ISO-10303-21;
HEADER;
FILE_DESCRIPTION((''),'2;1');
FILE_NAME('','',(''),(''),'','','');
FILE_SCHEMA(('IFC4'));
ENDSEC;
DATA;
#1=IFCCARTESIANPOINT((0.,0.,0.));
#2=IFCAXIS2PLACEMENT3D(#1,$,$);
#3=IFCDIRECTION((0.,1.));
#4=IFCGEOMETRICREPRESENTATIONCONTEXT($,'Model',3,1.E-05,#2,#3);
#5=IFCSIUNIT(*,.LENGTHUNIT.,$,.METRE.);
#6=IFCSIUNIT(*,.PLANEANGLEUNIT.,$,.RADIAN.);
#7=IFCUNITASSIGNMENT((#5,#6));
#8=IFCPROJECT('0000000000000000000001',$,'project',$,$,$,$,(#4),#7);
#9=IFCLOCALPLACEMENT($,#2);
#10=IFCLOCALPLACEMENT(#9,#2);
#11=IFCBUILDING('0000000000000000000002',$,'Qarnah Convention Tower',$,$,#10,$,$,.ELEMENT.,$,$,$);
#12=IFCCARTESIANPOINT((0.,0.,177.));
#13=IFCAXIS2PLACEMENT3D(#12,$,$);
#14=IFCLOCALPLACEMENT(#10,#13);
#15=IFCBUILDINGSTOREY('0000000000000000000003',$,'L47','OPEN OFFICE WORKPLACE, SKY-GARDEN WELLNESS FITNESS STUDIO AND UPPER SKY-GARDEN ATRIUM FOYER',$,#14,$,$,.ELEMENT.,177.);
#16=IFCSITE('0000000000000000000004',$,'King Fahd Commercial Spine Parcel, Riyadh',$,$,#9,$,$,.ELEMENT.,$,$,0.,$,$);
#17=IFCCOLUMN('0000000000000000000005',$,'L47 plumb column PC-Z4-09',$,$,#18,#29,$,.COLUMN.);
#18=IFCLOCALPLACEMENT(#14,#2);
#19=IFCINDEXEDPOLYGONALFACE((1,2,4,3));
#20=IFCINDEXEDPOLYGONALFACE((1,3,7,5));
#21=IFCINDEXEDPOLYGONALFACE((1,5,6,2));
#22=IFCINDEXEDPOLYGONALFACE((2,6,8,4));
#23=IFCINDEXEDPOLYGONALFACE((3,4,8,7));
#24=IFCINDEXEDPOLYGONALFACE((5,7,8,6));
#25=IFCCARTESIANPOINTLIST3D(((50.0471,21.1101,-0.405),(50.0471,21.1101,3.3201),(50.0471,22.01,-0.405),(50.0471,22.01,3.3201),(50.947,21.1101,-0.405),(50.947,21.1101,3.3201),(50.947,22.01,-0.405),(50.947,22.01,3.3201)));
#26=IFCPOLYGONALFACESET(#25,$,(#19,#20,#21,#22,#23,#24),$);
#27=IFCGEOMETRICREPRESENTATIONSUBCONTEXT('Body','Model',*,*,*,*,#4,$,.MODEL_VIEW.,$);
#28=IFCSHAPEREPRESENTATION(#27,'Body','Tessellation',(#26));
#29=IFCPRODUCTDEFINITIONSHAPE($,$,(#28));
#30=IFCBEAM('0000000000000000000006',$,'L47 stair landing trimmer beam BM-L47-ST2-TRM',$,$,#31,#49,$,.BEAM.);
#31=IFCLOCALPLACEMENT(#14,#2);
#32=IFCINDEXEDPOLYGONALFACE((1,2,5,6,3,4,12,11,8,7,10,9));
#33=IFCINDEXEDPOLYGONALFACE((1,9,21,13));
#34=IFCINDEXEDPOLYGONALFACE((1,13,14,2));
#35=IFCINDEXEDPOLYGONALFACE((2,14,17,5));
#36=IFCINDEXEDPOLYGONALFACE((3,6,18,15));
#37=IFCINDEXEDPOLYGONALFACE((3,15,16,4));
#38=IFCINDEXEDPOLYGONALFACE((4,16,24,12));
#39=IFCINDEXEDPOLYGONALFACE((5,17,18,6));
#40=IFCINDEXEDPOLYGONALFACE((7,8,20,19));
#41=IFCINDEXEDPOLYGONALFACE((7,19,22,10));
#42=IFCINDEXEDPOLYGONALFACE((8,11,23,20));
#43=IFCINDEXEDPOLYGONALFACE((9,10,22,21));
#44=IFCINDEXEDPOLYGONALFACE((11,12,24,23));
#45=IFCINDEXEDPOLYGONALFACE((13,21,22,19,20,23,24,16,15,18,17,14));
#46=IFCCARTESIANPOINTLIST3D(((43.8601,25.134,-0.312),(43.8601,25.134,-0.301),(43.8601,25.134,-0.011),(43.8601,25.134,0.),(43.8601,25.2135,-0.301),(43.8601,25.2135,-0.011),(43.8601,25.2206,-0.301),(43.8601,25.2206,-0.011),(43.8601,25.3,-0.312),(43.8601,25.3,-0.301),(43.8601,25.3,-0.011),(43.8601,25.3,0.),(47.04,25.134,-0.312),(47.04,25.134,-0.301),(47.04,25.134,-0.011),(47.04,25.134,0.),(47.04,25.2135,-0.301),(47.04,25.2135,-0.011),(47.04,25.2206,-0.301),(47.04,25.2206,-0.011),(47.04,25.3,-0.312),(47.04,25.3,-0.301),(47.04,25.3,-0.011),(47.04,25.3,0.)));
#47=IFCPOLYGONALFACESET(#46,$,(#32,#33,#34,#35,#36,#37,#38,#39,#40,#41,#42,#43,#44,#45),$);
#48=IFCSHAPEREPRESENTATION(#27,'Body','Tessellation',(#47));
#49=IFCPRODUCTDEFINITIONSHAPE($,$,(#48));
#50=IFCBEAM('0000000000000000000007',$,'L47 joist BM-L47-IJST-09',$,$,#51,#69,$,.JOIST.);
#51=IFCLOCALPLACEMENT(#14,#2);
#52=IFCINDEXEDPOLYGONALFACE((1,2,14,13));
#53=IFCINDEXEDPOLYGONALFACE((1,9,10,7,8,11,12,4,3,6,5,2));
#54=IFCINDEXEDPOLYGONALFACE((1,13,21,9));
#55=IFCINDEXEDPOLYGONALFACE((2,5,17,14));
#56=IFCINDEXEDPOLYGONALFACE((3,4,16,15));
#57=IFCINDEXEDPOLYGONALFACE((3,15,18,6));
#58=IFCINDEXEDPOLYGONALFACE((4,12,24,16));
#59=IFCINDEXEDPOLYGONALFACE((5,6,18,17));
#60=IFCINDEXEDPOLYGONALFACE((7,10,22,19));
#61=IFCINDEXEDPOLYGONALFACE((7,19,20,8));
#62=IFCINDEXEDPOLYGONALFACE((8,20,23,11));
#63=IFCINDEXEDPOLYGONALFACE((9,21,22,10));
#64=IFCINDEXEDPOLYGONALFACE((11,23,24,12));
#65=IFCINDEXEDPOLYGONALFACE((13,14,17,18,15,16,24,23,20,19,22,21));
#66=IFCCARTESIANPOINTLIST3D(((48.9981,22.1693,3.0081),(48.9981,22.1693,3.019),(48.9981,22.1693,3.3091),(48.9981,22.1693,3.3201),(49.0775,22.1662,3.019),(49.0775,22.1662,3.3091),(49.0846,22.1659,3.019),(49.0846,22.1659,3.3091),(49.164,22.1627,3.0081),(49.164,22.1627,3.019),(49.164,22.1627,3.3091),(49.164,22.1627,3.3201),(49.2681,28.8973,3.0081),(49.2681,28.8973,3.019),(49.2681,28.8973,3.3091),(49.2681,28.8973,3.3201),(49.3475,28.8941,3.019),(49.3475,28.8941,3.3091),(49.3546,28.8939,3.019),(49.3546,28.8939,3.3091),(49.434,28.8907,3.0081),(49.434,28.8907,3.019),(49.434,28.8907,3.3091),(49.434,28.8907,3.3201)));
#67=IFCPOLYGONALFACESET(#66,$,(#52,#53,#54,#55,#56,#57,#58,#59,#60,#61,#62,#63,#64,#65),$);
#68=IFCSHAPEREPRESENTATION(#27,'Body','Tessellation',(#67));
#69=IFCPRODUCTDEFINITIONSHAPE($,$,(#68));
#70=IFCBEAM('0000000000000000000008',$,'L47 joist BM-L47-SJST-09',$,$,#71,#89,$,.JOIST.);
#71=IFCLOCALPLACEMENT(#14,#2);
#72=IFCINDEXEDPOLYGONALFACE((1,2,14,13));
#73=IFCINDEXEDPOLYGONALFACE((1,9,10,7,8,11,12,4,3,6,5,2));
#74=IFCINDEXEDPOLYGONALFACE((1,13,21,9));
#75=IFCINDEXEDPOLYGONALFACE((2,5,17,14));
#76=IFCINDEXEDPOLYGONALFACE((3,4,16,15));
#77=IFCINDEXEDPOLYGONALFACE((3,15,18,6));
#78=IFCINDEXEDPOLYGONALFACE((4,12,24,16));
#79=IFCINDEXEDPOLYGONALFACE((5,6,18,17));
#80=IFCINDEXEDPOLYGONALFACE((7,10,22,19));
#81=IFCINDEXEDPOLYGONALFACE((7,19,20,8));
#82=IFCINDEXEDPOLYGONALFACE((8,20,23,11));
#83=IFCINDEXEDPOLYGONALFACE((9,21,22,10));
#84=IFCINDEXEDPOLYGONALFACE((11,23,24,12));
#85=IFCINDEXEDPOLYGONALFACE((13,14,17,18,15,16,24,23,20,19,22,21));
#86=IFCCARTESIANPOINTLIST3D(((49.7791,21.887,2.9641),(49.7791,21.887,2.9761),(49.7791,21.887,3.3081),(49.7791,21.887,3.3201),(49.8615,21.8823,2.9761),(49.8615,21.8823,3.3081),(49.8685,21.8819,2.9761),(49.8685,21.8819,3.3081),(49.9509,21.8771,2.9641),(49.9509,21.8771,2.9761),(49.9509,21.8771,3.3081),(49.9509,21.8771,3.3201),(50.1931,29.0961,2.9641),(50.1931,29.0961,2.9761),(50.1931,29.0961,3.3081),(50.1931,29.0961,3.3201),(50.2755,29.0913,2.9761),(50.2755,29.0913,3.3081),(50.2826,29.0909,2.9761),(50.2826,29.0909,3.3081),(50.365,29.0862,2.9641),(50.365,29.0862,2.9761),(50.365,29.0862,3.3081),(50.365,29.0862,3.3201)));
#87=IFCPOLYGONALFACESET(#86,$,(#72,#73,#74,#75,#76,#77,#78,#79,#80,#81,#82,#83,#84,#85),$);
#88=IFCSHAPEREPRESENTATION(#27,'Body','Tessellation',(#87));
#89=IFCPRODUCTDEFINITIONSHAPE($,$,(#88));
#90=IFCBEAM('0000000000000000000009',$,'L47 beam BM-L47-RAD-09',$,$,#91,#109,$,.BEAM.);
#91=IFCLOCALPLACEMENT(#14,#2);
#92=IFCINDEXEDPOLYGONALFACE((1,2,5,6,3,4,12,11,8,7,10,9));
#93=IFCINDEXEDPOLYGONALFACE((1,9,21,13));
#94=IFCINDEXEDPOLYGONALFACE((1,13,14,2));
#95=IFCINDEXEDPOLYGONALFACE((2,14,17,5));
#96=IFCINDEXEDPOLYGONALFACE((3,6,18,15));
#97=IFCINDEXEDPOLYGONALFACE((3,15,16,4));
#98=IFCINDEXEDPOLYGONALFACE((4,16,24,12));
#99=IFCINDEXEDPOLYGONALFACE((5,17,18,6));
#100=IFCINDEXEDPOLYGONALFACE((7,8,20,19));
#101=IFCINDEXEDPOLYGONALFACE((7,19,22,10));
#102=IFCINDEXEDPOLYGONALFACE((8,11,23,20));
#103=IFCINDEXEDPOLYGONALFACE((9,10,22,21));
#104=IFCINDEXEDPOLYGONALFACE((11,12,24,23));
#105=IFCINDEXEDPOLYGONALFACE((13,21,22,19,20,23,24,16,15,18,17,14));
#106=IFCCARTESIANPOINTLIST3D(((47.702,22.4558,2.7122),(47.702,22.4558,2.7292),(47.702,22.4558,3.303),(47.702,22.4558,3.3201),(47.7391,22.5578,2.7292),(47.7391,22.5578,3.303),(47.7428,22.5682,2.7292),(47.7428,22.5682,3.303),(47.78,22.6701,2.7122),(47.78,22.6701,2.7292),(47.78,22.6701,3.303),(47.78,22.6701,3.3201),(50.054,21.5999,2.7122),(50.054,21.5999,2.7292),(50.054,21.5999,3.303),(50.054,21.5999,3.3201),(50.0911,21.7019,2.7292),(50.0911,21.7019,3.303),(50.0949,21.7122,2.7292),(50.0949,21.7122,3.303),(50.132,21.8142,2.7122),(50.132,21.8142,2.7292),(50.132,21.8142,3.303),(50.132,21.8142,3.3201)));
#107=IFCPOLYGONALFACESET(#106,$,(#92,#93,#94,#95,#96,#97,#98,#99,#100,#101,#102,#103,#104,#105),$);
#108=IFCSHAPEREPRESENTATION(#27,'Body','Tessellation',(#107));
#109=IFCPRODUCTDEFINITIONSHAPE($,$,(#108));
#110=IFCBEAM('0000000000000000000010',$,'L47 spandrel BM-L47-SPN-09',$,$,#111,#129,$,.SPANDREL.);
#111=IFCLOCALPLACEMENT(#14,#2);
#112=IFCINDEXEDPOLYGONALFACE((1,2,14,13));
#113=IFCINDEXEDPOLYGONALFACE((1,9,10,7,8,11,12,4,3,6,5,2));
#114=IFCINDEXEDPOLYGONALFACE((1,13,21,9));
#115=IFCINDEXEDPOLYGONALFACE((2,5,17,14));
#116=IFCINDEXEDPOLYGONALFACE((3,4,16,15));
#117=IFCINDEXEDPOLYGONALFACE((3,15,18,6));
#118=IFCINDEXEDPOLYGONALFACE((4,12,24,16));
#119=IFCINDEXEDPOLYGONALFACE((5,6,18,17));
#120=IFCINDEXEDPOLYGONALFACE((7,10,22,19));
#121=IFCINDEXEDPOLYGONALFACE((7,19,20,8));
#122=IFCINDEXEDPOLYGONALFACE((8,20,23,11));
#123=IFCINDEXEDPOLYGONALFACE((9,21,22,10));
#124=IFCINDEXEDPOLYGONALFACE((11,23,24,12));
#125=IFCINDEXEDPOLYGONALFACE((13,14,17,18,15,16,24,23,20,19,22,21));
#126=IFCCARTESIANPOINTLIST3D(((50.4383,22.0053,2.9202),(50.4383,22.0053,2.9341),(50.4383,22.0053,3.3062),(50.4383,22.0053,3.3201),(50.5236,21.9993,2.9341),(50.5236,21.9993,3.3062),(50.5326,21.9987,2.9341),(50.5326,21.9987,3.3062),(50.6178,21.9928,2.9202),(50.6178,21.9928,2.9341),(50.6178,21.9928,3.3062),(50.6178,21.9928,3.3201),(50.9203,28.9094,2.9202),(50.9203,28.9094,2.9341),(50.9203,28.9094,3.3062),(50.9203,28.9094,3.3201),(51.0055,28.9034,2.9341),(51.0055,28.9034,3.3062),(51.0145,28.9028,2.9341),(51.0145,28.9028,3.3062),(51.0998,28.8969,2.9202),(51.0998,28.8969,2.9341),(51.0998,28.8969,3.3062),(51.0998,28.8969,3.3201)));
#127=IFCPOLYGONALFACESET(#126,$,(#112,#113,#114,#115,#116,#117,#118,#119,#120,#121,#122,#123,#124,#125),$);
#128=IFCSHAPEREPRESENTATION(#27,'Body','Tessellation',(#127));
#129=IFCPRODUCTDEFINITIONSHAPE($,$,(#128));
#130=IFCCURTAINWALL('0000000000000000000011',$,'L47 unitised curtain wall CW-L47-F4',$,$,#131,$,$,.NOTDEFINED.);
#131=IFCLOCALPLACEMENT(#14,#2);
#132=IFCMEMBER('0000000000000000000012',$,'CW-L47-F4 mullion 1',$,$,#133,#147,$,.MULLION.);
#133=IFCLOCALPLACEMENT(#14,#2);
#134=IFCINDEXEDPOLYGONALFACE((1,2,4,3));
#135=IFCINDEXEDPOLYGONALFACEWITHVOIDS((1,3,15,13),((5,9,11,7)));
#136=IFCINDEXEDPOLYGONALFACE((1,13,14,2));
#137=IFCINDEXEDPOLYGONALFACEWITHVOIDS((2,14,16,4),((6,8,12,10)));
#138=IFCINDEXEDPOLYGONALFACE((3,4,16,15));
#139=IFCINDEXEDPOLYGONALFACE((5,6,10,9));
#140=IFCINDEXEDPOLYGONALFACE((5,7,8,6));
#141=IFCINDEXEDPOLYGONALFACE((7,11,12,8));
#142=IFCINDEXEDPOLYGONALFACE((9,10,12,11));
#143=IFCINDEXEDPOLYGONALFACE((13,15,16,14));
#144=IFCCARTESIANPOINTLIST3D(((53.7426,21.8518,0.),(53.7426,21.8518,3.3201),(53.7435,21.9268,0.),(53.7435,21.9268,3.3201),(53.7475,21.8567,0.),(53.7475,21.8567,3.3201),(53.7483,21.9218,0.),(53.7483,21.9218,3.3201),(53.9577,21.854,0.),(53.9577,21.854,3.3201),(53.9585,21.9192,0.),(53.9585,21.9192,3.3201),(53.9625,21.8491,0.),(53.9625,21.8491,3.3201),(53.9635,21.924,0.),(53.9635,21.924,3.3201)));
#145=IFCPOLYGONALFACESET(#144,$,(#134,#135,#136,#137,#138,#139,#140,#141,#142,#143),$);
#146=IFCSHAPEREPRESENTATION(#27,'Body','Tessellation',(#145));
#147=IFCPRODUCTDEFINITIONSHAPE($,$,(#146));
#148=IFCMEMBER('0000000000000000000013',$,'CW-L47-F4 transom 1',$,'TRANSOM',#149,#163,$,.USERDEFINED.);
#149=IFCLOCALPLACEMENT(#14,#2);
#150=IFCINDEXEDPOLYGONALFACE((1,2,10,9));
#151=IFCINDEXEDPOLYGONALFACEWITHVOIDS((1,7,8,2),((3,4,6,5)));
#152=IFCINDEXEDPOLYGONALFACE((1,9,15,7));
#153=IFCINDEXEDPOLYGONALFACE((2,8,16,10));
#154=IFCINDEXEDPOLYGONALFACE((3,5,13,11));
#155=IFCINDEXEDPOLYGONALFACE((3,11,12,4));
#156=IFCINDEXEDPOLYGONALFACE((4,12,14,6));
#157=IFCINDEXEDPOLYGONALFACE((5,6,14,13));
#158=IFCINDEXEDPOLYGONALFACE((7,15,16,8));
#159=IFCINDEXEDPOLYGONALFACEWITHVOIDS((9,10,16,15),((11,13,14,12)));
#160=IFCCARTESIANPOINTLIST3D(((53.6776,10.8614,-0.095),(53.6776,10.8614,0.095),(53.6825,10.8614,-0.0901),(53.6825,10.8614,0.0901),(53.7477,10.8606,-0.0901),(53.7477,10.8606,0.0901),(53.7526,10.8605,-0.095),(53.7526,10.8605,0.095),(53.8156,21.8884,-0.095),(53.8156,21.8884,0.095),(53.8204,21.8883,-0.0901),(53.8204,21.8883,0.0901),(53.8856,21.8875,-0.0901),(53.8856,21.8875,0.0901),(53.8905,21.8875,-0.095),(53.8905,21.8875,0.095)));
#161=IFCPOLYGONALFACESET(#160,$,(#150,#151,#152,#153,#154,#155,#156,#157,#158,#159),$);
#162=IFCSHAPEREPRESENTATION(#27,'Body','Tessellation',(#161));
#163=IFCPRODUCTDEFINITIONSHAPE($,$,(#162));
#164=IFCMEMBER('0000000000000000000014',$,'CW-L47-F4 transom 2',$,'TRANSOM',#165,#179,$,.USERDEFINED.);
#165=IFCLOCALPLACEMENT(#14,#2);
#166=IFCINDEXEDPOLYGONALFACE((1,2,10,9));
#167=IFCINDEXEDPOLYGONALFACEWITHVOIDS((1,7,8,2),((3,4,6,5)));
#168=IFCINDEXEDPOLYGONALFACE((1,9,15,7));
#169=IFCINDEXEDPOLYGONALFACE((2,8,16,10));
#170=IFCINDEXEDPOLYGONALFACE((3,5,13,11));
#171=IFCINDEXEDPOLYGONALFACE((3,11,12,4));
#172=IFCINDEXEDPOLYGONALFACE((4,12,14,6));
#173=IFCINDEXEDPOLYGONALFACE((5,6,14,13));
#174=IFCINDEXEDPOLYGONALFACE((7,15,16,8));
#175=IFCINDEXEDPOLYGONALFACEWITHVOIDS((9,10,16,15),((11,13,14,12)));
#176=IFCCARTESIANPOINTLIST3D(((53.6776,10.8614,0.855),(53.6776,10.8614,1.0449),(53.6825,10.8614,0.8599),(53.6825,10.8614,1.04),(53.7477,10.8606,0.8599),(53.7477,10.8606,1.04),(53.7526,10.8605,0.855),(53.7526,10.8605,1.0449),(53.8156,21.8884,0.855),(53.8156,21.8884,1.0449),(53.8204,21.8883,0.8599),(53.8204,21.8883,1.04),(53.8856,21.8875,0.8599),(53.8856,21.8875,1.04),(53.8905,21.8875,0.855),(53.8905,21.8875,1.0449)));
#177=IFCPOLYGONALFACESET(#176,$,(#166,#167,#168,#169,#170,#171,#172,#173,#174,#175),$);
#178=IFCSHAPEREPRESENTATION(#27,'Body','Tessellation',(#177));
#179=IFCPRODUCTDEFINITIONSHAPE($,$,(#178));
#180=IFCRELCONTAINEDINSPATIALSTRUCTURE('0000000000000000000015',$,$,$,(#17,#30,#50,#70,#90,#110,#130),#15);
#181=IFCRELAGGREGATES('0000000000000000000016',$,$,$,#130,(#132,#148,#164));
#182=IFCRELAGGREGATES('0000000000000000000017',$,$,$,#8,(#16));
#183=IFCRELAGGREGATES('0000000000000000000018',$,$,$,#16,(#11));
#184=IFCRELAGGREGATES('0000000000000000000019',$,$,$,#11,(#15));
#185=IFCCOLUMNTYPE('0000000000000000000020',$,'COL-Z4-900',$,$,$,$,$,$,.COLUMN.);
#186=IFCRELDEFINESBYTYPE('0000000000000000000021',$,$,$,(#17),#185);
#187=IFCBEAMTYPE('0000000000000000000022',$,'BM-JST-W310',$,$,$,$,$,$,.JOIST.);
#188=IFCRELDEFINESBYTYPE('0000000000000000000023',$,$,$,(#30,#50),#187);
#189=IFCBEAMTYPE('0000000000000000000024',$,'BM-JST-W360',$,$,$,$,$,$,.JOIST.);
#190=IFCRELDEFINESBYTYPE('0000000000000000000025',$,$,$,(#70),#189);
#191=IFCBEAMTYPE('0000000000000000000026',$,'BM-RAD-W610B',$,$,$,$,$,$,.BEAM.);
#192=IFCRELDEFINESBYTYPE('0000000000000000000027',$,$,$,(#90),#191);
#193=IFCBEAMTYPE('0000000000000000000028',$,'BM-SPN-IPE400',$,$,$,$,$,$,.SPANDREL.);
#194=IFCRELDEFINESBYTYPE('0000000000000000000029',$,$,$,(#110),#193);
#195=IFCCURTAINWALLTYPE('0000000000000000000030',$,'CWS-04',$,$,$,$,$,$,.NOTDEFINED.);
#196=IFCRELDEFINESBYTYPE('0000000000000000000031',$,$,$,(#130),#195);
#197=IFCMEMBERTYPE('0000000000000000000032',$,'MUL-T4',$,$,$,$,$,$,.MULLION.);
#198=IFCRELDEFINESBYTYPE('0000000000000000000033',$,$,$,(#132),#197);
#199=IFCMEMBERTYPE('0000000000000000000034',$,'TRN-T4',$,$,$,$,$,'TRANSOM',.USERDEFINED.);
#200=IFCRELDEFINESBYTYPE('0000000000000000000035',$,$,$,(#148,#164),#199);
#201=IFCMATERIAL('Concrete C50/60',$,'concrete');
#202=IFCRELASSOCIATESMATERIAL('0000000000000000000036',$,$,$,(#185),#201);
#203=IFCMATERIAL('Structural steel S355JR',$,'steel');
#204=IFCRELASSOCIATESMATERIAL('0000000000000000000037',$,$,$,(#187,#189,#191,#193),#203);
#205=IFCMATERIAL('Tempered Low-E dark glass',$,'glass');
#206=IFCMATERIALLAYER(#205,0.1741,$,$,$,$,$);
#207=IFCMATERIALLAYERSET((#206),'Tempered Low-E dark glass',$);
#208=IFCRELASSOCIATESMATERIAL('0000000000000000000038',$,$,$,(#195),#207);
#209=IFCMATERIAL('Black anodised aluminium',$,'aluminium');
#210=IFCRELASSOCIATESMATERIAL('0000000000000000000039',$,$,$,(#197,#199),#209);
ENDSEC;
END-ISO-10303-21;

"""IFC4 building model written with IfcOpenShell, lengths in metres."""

from ifc_helpers import new_model, si_unit, direction, frame, origin, origin_2d, place, context, subcontext, project, spatial, rectangle, hollow_rectangle, i_section, extrude, material, layer, layer_set, material_profile, profile_set, type_object, element, aggregate, save


model = new_model("IFC4")

# Units and contexts
model_context = context("Model", 3, precision=1e-05, world=origin(), true_north=direction((0.0, 1.0)))
body_context = subcontext(model_context, "Body", "Model", "MODEL_VIEW")
ifc_project = project(units=[si_unit("LENGTHUNIT", "METRE"), si_unit("PLANEANGLEUNIT", "RADIAN")], contexts=[model_context])

# Site, building, storey
site_placement = place(None, origin())
site = spatial("IfcSite", under=ifc_project, at=site_placement, Name="King Fahd Commercial Spine Parcel, Riyadh", CompositionType="ELEMENT", RefElevation=0.0)
building_placement = place(site_placement, origin())
building = spatial("IfcBuilding", under=site, at=building_placement, Name="Qarnah Convention Tower", CompositionType="ELEMENT")
storey_placement = place(building_placement, frame((0.0, 0.0, 177.0)))
storey = spatial("IfcBuildingStorey", under=building, at=storey_placement, Name="L47", Description="OPEN OFFICE WORKPLACE, SKY-GARDEN WELLNESS FITNESS STUDIO AND UPPER SKY-GARDEN ATRIUM FOYER", CompositionType="ELEMENT", Elevation=177.0)

# Column
ifc_material_1 = material(Name="Concrete C50/60", Category="concrete")
ifc_material_profile_1 = material_profile(ifc_material_1, rectangle(XDim=0.8999, YDim=0.8999, at=origin_2d()), Name="RC-COL-900X900")
ifc_profile_set_1 = profile_set([ifc_material_profile_1], Name="Concrete C50/60")
column_type = type_object("IfcColumnType", Name="COL-Z4-900", PredefinedType="COLUMN", material=ifc_profile_set_1)
column_placement = place(storey_placement, frame((50.4971, 21.5601, -0.405), z_axis=(0.0, 0.0, 1.0), x_axis=(1.0, 0.0, 0.0)))
element("IfcColumn", 1, at=column_placement, inside=storey, type_object=column_type, Name="L47 plumb column PC-Z4-09", PredefinedType="COLUMN", context=body_context, shape_type="SweptSolid", body=[
    extrude(rectangle(XDim=0.8999, YDim=0.8999, at=origin_2d()), origin(), (0.0, 0.0, 1.0), 3.7251),
])

# Beams
ifc_material_2 = material(Name="Structural steel S355JR", Category="steel")
ifc_material_profile_2 = material_profile(ifc_material_2, i_section(OverallWidth=0.166, OverallDepth=0.312, WebThickness=0.0071, FlangeThickness=0.011, at=origin_2d()), Name="W310X45")
ifc_profile_set_2 = profile_set([ifc_material_profile_2], Name="Structural steel S355JR")
beam_type_1 = type_object("IfcBeamType", Name="BM-JST-W310", PredefinedType="JOIST", material=ifc_profile_set_2)
beam_1_placement = place(storey_placement, frame((43.8601, 25.217, -0.156), z_axis=(1.0, 0.0, 0.0), x_axis=(0.0, 1.0, 0.0)))
element("IfcBeam", 2, at=beam_1_placement, inside=storey, type_object=beam_type_1, Name="L47 stair landing trimmer beam BM-L47-ST2-TRM", PredefinedType="BEAM", context=body_context, shape_type="SweptSolid", body=[
    extrude(i_section(OverallWidth=0.166, OverallDepth=0.312, WebThickness=0.0071, FlangeThickness=0.011, at=origin_2d()), origin(), (0.0, 0.0, 1.0), 3.1799),
])
beam_2_placement = place(storey_placement, frame((49.0811, 22.166, 3.1641), z_axis=(0.040101, 0.999196, 0.0), x_axis=(-0.999196, 0.040101, 0.0)))
element("IfcBeam", 3, at=beam_2_placement, inside=storey, type_object=beam_type_1, Name="L47 joist BM-L47-IJST-09", PredefinedType="JOIST", context=body_context, shape_type="SweptSolid", body=[
    extrude(i_section(OverallWidth=0.166, OverallDepth=0.312, WebThickness=0.0071, FlangeThickness=0.011, at=origin_2d()), origin(), (0.0, 0.0, 1.0), 6.7334),
])
ifc_material_profile_3 = material_profile(ifc_material_2, i_section(OverallWidth=0.1721, OverallDepth=0.356, WebThickness=0.0071, FlangeThickness=0.012, at=origin_2d()), Name="W360X51")
ifc_profile_set_3 = profile_set([ifc_material_profile_3], Name="Structural steel S355JR")
beam_type_2 = type_object("IfcBeamType", Name="BM-JST-W360", PredefinedType="JOIST", material=ifc_profile_set_3)
beam_3_placement = place(storey_placement, frame((49.865, 21.8821, 3.1421), z_axis=(0.057343, 0.998355, 0.0), x_axis=(-0.998355, 0.057343, 0.0)))
element("IfcBeam", 4, at=beam_3_placement, inside=storey, type_object=beam_type_2, Name="L47 joist BM-L47-SJST-09", PredefinedType="JOIST", context=body_context, shape_type="SweptSolid", body=[
    extrude(i_section(OverallWidth=0.1721, OverallDepth=0.356, WebThickness=0.0071, FlangeThickness=0.012, at=origin_2d()), origin(), (0.0, 0.0, 1.0), 7.2209),
])
ifc_material_profile_4 = material_profile(ifc_material_2, i_section(OverallWidth=0.228, OverallDepth=0.6079, WebThickness=0.011, FlangeThickness=0.0171, at=origin_2d()), Name="W610X113")
ifc_profile_set_4 = profile_set([ifc_material_profile_4], Name="Structural steel S355JR")
beam_type_3 = type_object("IfcBeamType", Name="BM-RAD-W610B", PredefinedType="BEAM", material=ifc_profile_set_4)
beam_4_placement = place(storey_placement, frame((47.741, 22.563, 3.0161), z_axis=(0.939708, -0.341978, 0.0), x_axis=(0.341978, 0.939708, 0.0)))
element("IfcBeam", 5, at=beam_4_placement, inside=storey, type_object=beam_type_3, Name="L47 beam BM-L47-RAD-09", PredefinedType="BEAM", context=body_context, shape_type="SweptSolid", body=[
    extrude(i_section(OverallWidth=0.228, OverallDepth=0.6079, WebThickness=0.011, FlangeThickness=0.0171, at=origin_2d()), origin(), (0.0, 0.0, 1.0), 2.5029),
])
ifc_material_profile_5 = material_profile(ifc_material_2, i_section(OverallWidth=0.1799, OverallDepth=0.3999, WebThickness=0.009, FlangeThickness=0.0139, at=origin_2d()), Name="IPE400")
ifc_profile_set_5 = profile_set([ifc_material_profile_5], Name="Structural steel S355JR")
beam_type_4 = type_object("IfcBeamType", Name="BM-SPN-IPE400", PredefinedType="SPANDREL", material=ifc_profile_set_5)
beam_5_placement = place(storey_placement, frame((50.5281, 21.999, 3.1201), z_axis=(0.069635, 0.997573, 0.0), x_axis=(-0.997573, 0.069635, 0.0)))
element("IfcBeam", 6, at=beam_5_placement, inside=storey, type_object=beam_type_4, Name="L47 spandrel BM-L47-SPN-09", PredefinedType="SPANDREL", context=body_context, shape_type="SweptSolid", body=[
    extrude(i_section(OverallWidth=0.1799, OverallDepth=0.3999, WebThickness=0.009, FlangeThickness=0.0139, at=origin_2d()), origin(), (0.0, 0.0, 1.0), 6.9209),
])

# Curtain wall, members
ifc_material_3 = material(Name="Tempered Low-E dark glass", Category="glass")
ifc_layer_1 = layer(ifc_material_3, 0.1741)
ifc_layer_set_1 = layer_set([ifc_layer_1], Name="Tempered Low-E dark glass")
curtain_wall_type = type_object("IfcCurtainWallType", Name="CWS-04", PredefinedType="NOTDEFINED", material=ifc_layer_set_1)
curtain_wall_placement = place(storey_placement, origin())
curtain_wall = element("IfcCurtainWall", 7, at=curtain_wall_placement, inside=storey, type_object=curtain_wall_type, Name="L47 unitised curtain wall CW-L47-F4", PredefinedType="NOTDEFINED")
ifc_material_4 = material(Name="Black anodised aluminium", Category="aluminium")
ifc_material_profile_6 = material_profile(ifc_material_4, hollow_rectangle(XDim=0.075, YDim=0.22, WallThickness=0.0049, at=origin_2d()), Name="MUL-75X220")
ifc_profile_set_6 = profile_set([ifc_material_profile_6], Name="Black anodised aluminium")
member_type_1 = type_object("IfcMemberType", Name="MUL-T4", PredefinedType="MULLION", material=ifc_profile_set_6)
member_1_placement = place(storey_placement, frame((53.853, 21.8879, 0.0), z_axis=(0.0, 0.0, 1.0), x_axis=(-0.012514, -0.999922, 0.0)))
member_1 = element("IfcMember", 8, at=member_1_placement, type_object=member_type_1, Name="CW-L47-F4 mullion 1", PredefinedType="MULLION", context=body_context, shape_type="SweptSolid", body=[
    extrude(hollow_rectangle(XDim=0.075, YDim=0.22, WallThickness=0.0049, at=origin_2d()), origin(), (0.0, 0.0, 1.0), 3.3201),
])
ifc_material_profile_7 = material_profile(ifc_material_4, hollow_rectangle(XDim=0.075, YDim=0.1899, WallThickness=0.0049, at=origin_2d()), Name="TRN-75X190")
ifc_profile_set_7 = profile_set([ifc_material_profile_7], Name="Black anodised aluminium")
member_type_2 = type_object("IfcMemberType", Name="TRN-T4", ElementType="TRANSOM", PredefinedType="USERDEFINED", material=ifc_profile_set_7)
member_2_placement = place(storey_placement, frame((53.853, 21.8879, 0.0), z_axis=(-0.012508, -0.999922, 0.0), x_axis=(0.999922, -0.012508, 0.0)))
member_2 = element("IfcMember", 9, at=member_2_placement, type_object=member_type_2, Name="CW-L47-F4 transom 1", ObjectType="TRANSOM", PredefinedType="USERDEFINED", context=body_context, shape_type="SweptSolid", body=[
    extrude(hollow_rectangle(XDim=0.075, YDim=0.1899, WallThickness=0.0049, at=origin_2d()), origin(), (0.0, 0.0, 1.0), 11.0278),
])
member_3_placement = place(storey_placement, frame((53.853, 21.8879, 0.95), z_axis=(-0.012508, -0.999922, 0.0), x_axis=(0.999922, -0.012508, 0.0)))
member_3 = element("IfcMember", 10, at=member_3_placement, type_object=member_type_2, Name="CW-L47-F4 transom 2", ObjectType="TRANSOM", PredefinedType="USERDEFINED", context=body_context, shape_type="SweptSolid", body=[
    extrude(hollow_rectangle(XDim=0.075, YDim=0.1899, WallThickness=0.0049, at=origin_2d()), origin(), (0.0, 0.0, 1.0), 11.0278),
])
aggregate(curtain_wall, [member_1, member_2, member_3])

save(model, "model.ifc")
